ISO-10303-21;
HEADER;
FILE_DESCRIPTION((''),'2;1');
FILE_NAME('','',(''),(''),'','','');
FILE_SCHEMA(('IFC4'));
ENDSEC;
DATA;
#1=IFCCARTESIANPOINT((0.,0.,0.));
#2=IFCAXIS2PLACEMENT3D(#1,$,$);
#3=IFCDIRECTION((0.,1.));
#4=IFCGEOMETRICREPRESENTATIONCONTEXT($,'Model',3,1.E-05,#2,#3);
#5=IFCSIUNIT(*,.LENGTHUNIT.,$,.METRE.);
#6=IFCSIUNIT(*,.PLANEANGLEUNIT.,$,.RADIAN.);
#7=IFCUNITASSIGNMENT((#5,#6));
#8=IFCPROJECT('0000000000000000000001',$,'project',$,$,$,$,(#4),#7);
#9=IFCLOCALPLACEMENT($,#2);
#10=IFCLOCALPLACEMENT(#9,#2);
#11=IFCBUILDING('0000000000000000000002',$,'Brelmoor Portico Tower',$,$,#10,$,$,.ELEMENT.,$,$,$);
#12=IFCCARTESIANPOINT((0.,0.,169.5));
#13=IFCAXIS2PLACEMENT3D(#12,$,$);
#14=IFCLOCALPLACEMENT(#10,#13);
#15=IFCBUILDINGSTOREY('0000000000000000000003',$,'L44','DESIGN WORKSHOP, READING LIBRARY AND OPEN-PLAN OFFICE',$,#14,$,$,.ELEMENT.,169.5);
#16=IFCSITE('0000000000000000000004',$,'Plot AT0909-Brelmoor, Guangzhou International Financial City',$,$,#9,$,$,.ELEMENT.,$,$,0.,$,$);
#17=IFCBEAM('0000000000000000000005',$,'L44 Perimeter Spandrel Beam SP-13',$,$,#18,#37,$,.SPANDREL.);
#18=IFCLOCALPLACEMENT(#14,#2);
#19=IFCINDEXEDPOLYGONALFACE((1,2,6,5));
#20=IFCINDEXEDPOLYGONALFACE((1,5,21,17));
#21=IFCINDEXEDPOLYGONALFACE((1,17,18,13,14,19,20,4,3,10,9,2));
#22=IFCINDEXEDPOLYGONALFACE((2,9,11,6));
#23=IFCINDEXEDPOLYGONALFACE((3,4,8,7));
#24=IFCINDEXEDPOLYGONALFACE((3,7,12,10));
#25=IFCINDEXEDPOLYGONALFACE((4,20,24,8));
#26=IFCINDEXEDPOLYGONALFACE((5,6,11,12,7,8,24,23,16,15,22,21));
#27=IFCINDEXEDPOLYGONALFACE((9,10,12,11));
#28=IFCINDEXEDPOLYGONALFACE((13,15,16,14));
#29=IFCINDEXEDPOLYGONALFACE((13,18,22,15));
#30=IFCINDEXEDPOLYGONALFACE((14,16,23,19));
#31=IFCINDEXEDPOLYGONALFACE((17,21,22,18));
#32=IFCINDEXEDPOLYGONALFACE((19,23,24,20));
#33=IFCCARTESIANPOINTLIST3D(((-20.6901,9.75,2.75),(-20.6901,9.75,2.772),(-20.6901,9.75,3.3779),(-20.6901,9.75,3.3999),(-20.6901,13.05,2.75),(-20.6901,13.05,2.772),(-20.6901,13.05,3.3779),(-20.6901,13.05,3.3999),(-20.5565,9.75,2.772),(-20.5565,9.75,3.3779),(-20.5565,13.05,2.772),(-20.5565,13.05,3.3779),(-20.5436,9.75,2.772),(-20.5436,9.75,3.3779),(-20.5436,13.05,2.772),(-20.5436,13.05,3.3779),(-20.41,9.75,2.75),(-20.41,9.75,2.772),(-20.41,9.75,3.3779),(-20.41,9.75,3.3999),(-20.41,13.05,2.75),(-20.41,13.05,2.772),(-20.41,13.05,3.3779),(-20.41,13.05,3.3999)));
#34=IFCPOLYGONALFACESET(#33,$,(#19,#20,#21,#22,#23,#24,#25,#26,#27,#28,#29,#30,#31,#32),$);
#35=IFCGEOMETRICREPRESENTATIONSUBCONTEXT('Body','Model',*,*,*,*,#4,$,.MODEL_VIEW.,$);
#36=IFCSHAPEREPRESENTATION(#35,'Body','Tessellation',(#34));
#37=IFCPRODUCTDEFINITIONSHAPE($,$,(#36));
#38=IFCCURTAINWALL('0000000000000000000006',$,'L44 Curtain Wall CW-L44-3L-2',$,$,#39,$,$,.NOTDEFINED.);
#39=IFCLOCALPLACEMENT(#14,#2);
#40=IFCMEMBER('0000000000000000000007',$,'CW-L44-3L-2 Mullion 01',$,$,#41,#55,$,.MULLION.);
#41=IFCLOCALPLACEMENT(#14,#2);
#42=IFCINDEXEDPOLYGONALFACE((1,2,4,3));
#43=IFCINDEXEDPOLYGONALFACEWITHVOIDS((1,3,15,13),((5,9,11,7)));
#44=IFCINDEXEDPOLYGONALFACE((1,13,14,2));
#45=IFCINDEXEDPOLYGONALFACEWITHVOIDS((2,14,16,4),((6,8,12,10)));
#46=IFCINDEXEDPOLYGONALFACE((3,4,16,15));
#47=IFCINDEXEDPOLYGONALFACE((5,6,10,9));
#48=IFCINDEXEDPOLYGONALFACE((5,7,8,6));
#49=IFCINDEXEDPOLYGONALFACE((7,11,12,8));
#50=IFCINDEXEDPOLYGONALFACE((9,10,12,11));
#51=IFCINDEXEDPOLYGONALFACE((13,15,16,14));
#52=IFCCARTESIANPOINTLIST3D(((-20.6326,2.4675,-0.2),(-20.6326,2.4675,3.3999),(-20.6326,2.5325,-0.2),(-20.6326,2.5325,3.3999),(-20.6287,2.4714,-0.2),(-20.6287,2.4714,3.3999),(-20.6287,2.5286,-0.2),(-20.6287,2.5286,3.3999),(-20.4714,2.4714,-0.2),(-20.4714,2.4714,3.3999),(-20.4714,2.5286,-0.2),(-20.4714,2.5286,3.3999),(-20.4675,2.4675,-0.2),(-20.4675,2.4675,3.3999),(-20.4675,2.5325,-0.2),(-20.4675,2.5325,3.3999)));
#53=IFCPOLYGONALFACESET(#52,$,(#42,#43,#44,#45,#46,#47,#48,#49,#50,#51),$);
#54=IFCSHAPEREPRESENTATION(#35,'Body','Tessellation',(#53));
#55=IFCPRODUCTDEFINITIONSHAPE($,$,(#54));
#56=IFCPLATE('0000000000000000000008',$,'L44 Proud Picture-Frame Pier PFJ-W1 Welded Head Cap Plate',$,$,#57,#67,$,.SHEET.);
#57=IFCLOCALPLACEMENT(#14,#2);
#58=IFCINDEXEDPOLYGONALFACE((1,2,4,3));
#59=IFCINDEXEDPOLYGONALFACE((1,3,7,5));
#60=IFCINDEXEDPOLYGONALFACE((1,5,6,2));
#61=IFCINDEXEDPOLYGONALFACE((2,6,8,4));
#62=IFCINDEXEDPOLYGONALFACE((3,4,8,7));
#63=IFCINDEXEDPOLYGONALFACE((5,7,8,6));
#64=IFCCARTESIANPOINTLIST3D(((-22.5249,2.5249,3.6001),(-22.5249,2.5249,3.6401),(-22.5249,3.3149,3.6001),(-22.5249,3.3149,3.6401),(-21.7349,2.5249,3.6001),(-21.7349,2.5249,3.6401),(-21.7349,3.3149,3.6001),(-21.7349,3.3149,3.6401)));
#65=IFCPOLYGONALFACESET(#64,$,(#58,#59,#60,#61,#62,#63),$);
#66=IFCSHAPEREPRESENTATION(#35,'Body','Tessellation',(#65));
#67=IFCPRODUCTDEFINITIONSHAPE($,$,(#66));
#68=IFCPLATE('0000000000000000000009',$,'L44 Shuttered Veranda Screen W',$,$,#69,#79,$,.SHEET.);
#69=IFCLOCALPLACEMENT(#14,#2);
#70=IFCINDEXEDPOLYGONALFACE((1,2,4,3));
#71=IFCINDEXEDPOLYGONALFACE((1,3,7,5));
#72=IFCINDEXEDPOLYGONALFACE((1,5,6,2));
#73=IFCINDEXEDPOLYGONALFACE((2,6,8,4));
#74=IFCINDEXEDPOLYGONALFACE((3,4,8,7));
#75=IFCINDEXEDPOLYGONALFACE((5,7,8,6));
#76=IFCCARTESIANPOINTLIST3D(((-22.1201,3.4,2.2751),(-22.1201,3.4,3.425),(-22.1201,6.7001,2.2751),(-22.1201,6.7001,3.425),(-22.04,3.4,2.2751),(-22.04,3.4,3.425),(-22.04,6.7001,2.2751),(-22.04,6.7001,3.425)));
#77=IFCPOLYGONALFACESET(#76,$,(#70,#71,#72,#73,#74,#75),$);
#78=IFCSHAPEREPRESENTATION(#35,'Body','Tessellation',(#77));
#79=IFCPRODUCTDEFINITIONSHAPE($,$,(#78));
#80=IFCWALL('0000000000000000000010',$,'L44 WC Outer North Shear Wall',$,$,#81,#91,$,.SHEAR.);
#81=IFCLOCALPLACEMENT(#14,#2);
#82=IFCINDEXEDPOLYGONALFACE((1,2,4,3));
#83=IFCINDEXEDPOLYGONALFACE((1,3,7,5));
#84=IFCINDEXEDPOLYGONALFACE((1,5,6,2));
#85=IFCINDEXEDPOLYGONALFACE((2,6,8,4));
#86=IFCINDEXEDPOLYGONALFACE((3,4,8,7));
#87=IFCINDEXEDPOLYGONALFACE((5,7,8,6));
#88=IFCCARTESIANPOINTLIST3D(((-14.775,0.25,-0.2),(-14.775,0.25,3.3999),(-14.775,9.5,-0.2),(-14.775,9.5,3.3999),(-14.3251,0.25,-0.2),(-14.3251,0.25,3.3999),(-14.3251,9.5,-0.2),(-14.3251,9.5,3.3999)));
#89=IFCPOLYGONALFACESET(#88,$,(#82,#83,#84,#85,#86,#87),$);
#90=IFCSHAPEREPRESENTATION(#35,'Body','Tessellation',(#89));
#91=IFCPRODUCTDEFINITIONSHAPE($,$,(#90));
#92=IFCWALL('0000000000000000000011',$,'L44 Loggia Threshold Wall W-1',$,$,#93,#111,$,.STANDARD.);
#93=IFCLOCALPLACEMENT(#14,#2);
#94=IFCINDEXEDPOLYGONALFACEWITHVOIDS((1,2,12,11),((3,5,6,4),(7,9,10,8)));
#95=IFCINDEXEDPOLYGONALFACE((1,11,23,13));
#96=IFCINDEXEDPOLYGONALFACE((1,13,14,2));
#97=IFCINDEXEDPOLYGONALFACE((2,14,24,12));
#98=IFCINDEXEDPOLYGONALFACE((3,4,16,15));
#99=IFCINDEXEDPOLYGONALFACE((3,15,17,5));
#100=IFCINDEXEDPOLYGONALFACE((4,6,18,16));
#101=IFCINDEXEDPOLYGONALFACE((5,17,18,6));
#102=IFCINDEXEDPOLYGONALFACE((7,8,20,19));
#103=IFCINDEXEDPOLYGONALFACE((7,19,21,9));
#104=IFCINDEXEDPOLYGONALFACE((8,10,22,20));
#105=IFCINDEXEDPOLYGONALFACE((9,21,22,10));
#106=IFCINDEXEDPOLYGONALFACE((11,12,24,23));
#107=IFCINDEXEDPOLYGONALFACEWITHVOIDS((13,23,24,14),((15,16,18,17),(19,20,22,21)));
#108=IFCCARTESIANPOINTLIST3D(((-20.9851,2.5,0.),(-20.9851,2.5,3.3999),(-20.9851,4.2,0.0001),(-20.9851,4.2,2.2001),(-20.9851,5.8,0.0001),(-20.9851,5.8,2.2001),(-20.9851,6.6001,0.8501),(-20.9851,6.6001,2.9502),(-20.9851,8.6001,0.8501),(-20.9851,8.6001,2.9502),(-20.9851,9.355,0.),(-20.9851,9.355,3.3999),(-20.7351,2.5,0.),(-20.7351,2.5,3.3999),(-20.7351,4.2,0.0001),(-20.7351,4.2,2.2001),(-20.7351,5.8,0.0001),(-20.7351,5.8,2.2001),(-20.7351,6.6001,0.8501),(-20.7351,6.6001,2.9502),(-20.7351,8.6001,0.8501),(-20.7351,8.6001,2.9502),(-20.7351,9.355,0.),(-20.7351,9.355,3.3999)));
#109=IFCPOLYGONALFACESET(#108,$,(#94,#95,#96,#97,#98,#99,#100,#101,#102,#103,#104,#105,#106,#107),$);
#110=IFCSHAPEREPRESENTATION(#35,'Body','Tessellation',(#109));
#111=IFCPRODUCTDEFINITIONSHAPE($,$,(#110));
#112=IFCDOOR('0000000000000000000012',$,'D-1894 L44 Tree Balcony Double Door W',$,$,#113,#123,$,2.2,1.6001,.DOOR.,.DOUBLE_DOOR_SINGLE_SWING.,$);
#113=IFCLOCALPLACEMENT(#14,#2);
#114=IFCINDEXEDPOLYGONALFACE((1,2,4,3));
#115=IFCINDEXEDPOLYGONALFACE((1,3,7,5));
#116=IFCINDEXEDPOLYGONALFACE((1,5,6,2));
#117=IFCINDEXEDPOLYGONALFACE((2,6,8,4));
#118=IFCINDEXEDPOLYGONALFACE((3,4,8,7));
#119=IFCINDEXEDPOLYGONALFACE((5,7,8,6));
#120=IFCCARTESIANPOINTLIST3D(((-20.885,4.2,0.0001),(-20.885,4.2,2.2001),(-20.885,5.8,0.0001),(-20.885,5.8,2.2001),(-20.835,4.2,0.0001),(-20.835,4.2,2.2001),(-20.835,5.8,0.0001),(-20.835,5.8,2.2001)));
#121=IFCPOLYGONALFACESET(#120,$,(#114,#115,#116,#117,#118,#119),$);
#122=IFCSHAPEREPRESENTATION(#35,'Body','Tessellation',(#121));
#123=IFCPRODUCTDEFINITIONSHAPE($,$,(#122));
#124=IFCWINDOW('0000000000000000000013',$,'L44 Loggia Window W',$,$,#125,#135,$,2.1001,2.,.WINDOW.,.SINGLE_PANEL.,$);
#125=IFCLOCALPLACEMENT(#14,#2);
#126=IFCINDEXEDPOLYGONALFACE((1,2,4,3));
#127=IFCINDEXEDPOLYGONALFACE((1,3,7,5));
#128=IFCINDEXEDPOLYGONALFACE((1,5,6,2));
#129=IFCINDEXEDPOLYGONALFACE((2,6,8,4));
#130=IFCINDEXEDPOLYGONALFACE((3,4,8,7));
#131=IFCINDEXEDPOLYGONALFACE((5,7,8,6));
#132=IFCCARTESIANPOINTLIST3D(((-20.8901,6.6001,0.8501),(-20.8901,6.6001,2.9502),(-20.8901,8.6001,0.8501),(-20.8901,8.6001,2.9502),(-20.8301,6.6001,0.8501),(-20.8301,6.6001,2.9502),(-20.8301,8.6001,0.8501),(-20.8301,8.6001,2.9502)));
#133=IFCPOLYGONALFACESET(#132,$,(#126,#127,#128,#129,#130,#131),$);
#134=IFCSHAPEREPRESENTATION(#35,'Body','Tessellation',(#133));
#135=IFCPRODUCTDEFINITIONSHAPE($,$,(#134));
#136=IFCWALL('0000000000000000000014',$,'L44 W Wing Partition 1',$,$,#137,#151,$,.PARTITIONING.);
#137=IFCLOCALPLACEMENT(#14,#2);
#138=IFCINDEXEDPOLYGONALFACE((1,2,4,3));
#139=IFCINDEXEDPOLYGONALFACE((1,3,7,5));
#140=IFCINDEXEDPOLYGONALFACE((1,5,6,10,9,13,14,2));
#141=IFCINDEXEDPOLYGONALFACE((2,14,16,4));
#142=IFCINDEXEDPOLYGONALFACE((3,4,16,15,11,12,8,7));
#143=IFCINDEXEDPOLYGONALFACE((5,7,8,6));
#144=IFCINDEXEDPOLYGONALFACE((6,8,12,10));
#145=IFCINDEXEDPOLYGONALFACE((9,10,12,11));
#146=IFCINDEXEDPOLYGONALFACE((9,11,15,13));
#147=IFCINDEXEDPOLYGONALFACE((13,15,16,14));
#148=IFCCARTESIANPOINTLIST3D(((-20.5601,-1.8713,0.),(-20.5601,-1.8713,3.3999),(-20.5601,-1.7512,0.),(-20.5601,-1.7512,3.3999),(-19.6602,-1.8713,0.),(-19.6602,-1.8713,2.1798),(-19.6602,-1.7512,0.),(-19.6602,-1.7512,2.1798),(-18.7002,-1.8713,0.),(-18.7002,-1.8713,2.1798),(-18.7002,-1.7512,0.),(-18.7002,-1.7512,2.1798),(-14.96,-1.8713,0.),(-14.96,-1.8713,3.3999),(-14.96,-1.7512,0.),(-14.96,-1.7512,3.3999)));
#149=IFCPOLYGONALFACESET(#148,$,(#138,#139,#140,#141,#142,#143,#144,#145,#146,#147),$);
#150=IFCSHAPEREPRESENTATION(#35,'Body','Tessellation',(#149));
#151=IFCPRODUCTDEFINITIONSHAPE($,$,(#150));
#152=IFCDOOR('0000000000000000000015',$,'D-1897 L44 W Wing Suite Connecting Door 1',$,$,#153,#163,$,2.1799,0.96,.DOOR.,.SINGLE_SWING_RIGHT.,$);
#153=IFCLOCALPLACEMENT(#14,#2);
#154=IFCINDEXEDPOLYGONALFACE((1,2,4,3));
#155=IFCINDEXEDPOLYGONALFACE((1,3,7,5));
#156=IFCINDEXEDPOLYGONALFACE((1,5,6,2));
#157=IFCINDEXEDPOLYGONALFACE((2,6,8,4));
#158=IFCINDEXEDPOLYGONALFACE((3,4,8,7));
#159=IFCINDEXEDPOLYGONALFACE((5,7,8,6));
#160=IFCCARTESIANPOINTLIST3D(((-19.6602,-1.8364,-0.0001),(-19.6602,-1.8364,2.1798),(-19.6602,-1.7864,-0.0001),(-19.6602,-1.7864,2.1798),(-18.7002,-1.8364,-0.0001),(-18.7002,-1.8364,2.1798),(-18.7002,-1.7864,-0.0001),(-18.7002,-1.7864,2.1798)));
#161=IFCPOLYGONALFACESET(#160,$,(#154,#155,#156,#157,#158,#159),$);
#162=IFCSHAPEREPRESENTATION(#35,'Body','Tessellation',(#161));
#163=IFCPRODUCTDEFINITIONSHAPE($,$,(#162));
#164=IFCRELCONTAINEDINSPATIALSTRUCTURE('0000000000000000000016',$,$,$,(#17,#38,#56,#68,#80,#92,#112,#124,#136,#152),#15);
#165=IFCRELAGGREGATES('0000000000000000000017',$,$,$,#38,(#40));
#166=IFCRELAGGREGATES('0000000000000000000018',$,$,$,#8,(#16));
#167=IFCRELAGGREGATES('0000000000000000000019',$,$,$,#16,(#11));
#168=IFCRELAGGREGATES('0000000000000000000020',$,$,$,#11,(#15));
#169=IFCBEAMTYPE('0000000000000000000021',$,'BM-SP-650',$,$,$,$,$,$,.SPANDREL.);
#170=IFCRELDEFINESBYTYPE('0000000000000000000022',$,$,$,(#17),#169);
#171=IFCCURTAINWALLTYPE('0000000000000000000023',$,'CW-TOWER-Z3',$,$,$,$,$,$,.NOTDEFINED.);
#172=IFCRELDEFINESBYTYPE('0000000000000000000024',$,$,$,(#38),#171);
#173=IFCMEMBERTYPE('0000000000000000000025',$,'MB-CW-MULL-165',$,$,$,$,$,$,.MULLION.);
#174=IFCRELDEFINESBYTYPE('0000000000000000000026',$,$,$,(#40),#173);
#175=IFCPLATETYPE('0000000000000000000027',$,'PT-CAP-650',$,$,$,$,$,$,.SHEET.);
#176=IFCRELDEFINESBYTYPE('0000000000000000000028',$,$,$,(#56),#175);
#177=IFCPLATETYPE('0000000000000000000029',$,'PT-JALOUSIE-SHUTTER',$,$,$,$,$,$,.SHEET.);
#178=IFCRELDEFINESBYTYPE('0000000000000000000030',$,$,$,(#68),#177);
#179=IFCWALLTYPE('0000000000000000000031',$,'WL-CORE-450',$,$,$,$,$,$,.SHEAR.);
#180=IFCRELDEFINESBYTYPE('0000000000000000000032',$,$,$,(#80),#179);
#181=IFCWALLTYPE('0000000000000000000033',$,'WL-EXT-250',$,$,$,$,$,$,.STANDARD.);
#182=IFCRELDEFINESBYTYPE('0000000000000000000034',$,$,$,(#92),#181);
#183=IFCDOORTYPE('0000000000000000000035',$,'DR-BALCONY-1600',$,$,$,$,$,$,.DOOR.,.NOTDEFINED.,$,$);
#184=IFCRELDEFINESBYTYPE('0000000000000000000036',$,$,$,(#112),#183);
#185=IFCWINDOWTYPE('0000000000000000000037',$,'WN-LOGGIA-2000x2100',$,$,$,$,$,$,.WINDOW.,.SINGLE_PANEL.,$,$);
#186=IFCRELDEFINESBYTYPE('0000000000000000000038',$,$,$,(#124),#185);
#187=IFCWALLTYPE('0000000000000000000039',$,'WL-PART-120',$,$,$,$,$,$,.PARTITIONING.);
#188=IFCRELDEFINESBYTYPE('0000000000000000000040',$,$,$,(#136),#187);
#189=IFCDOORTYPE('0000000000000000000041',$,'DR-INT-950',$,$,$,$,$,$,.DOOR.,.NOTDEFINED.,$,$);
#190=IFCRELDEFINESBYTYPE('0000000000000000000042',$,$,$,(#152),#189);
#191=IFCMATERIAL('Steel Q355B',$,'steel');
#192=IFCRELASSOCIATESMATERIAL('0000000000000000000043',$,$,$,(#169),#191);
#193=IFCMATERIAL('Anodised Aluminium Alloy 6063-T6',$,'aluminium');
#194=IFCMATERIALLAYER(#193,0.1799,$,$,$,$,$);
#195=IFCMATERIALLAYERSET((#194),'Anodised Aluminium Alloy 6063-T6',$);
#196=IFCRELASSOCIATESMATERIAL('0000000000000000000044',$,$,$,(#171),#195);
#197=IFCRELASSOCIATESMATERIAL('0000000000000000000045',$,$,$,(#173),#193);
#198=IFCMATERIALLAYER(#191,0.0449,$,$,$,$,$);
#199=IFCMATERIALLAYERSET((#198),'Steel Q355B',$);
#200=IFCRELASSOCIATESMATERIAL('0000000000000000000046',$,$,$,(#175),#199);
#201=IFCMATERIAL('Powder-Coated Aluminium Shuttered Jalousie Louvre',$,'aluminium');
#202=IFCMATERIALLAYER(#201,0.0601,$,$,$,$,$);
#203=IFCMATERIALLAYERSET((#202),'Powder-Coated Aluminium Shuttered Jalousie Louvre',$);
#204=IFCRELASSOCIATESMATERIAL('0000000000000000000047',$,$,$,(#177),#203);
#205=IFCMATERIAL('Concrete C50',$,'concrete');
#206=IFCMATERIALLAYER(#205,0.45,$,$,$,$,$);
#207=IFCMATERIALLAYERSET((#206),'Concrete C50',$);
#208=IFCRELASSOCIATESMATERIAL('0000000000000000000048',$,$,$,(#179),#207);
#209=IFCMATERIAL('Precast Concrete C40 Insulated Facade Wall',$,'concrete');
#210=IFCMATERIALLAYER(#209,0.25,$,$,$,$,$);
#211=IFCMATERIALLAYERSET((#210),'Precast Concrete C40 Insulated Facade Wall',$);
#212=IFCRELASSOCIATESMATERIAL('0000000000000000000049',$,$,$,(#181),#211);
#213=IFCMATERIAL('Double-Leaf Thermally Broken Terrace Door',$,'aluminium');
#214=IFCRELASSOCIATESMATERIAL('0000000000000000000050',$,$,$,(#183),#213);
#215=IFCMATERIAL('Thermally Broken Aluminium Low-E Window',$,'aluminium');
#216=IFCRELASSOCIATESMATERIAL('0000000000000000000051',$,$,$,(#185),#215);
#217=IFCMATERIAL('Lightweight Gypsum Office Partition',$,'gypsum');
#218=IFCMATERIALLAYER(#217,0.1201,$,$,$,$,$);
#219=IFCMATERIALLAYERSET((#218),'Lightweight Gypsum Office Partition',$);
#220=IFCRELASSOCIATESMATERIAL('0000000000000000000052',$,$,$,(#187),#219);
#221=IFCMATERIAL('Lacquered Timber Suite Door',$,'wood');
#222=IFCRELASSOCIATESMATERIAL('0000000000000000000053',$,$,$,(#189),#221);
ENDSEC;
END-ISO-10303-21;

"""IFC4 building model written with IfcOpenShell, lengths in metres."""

from ifc_helpers import new_model, si_unit, direction, frame, frame_2d, origin, origin_2d, place, context, subcontext, project, spatial, rectangle, hollow_rectangle, i_section, extrude, material, layer, layer_set, material_profile, profile_set, type_object, element, fill, aggregate, save


model = new_model("IFC4")

# Units and contexts
model_context = context("Model", 3, precision=1e-05, world=origin(), true_north=direction((0.0, 1.0)))
body_context = subcontext(model_context, "Body", "Model", "MODEL_VIEW")
ifc_project = project(units=[si_unit("LENGTHUNIT", "METRE"), si_unit("PLANEANGLEUNIT", "RADIAN")], contexts=[model_context])

# Site, building, storey
site_placement = place(None, origin())
site = spatial("IfcSite", under=ifc_project, at=site_placement, Name="Plot AT0909-Brelmoor, Guangzhou International Financial City", CompositionType="ELEMENT", RefElevation=0.0)
building_placement = place(site_placement, origin())
building = spatial("IfcBuilding", under=site, at=building_placement, Name="Brelmoor Portico Tower", CompositionType="ELEMENT")
storey_placement = place(building_placement, frame((0.0, 0.0, 169.5)))
storey = spatial("IfcBuildingStorey", under=building, at=storey_placement, Name="L44", Description="DESIGN WORKSHOP, READING LIBRARY AND OPEN-PLAN OFFICE", CompositionType="ELEMENT", Elevation=169.5)

# Shared definitions
ifc_material_1 = material(Name="Steel Q355B", Category="steel")

# Beam
ifc_material_profile_1 = material_profile(ifc_material_1, i_section(OverallWidth=0.28, OverallDepth=0.6499, WebThickness=0.0129, FlangeThickness=0.022, at=origin_2d()), Name="HN 650x280x13x22")
ifc_profile_set_1 = profile_set([ifc_material_profile_1], Name="Steel Q355B")
beam_type_1 = type_object("IfcBeamType", Name="BM-SP-650", PredefinedType="SPANDREL", material=ifc_profile_set_1)
beam_1_placement = place(storey_placement, frame((-20.55, 9.75, 3.075), z_axis=(0.0, 1.0, 0.0), x_axis=(-1.0, 0.0, 0.0)))
element("IfcBeam", 1, at=beam_1_placement, inside=storey, type_object=beam_type_1, Name="L44 Perimeter Spandrel Beam SP-13", PredefinedType="SPANDREL", context=body_context, shape_type="SweptSolid", body=[
    extrude(i_section(OverallWidth=0.28, OverallDepth=0.6499, WebThickness=0.0129, FlangeThickness=0.022, at=origin_2d()), origin(), (0.0, 0.0, 1.0), 3.3),
])

# Curtain wall, member
ifc_material_2 = material(Name="Anodised Aluminium Alloy 6063-T6", Category="aluminium")
ifc_layer_1 = layer(ifc_material_2, 0.1799)
ifc_layer_set_1 = layer_set([ifc_layer_1], Name="Anodised Aluminium Alloy 6063-T6")
curtain_wall_type = type_object("IfcCurtainWallType", Name="CW-TOWER-Z3", PredefinedType="NOTDEFINED", material=ifc_layer_set_1)
curtain_wall_placement = place(storey_placement, origin())
curtain_wall = element("IfcCurtainWall", 2, at=curtain_wall_placement, inside=storey, type_object=curtain_wall_type, Name="L44 Curtain Wall CW-L44-3L-2", PredefinedType="NOTDEFINED")
ifc_material_profile_2 = material_profile(ifc_material_2, hollow_rectangle(XDim=0.0649, YDim=0.165, WallThickness=0.0039, at=origin_2d()), Name="ALU MULLION 65x165")
ifc_profile_set_2 = profile_set([ifc_material_profile_2], Name="Anodised Aluminium Alloy 6063-T6")
member_type = type_object("IfcMemberType", Name="MB-CW-MULL-165", PredefinedType="MULLION", material=ifc_profile_set_2)
member_placement = place(storey_placement, frame((-20.55, 2.5, -0.2), z_axis=(0.0, 0.0, 1.0), x_axis=(0.0, 1.0, 0.0)))
member = element("IfcMember", 3, at=member_placement, type_object=member_type, Name="CW-L44-3L-2 Mullion 01", PredefinedType="MULLION", context=body_context, shape_type="SweptSolid", body=[
    extrude(hollow_rectangle(XDim=0.0649, YDim=0.165, WallThickness=0.0039, at=origin_2d()), origin(), (0.0, 0.0, 1.0), 3.5999),
])
aggregate(curtain_wall, [member])

# Plates
ifc_layer_2 = layer(ifc_material_1, 0.0449)
ifc_layer_set_2 = layer_set([ifc_layer_2], Name="Steel Q355B")
plate_type_1 = type_object("IfcPlateType", Name="PT-CAP-650", PredefinedType="SHEET", material=ifc_layer_set_2)
plate_1_placement = place(storey_placement, frame((-22.1299, 2.9199, 3.6001), z_axis=(0.0, 0.0, 1.0), x_axis=(0.0, 1.0, 0.0)))
element("IfcPlate", 4, at=plate_1_placement, inside=storey, type_object=plate_type_1, Name="L44 Proud Picture-Frame Pier PFJ-W1 Welded Head Cap Plate", PredefinedType="SHEET", context=body_context, shape_type="SweptSolid", body=[
    extrude(rectangle(XDim=0.79, YDim=0.79, at=origin_2d()), origin(), (0.0, 0.0, 1.0), 0.04),
])
ifc_material_3 = material(Name="Powder-Coated Aluminium Shuttered Jalousie Louvre", Category="aluminium")
ifc_layer_3 = layer(ifc_material_3, 0.0601)
ifc_layer_set_3 = layer_set([ifc_layer_3], Name="Powder-Coated Aluminium Shuttered Jalousie Louvre")
plate_type_2 = type_object("IfcPlateType", Name="PT-JALOUSIE-SHUTTER", PredefinedType="SHEET", material=ifc_layer_set_3)
plate_2_placement = place(storey_placement, frame((-22.0801, 5.05, 2.2751), z_axis=(0.0, 0.0, 1.0), x_axis=(0.0, 1.0, 0.0)))
element("IfcPlate", 5, at=plate_2_placement, inside=storey, type_object=plate_type_2, Name="L44 Shuttered Veranda Screen W", PredefinedType="SHEET", context=body_context, shape_type="SweptSolid", body=[
    extrude(rectangle(XDim=3.3, YDim=0.0801, at=origin_2d()), origin(), (0.0, 0.0, 1.0), 1.1499),
])

# Wall
ifc_material_4 = material(Name="Concrete C50", Category="concrete")
ifc_layer_4 = layer(ifc_material_4, 0.45)
ifc_layer_set_4 = layer_set([ifc_layer_4], Name="Concrete C50")
wall_type_1 = type_object("IfcWallType", Name="WL-CORE-450", PredefinedType="SHEAR", material=ifc_layer_set_4)
wall_1_placement = place(storey_placement, frame((-14.55, 0.25, -0.2), z_axis=(0.0, 0.0, 1.0), x_axis=(0.0, 1.0, 0.0)))
element("IfcWall", 6, at=wall_1_placement, inside=storey, type_object=wall_type_1, Name="L44 WC Outer North Shear Wall", PredefinedType="SHEAR", context=body_context, shape_type="SweptSolid", body=[
    extrude(rectangle(XDim=9.25, YDim=0.45, at=frame_2d((4.625, 0.0))), origin(), (0.0, 0.0, 1.0), 3.5999),
])

# Wall, openings, door, window
ifc_material_5 = material(Name="Precast Concrete C40 Insulated Facade Wall", Category="concrete")
ifc_layer_5 = layer(ifc_material_5, 0.25)
ifc_layer_set_5 = layer_set([ifc_layer_5], Name="Precast Concrete C40 Insulated Facade Wall")
wall_type_2 = type_object("IfcWallType", Name="WL-EXT-250", PredefinedType="STANDARD", material=ifc_layer_set_5)
wall_2_placement = place(storey_placement, frame((-20.8601, 2.5, 0.0), z_axis=(0.0, 0.0, 1.0), x_axis=(0.0, 1.0, 0.0)))
wall_2 = element("IfcWall", 7, at=wall_2_placement, inside=storey, type_object=wall_type_2, Name="L44 Loggia Threshold Wall W-1", PredefinedType="STANDARD", context=body_context, shape_type="SweptSolid", body=[
    extrude(rectangle(XDim=6.855, YDim=0.25, at=frame_2d((3.4275, 0.0))), origin(), (0.0, 0.0, 1.0), 3.3999),
])
opening_1_placement = place(wall_2_placement, frame((1.7, 0.0, 0.0)))
opening_1 = element("IfcOpeningElement", 8, at=opening_1_placement, cuts=wall_2, PredefinedType="OPENING", context=body_context, shape_type="SweptSolid", body=[
    extrude(rectangle(XDim=1.6001, YDim=2.2, at=frame_2d((0.8, 1.1001))), frame((0.0, 0.135, 0.0), z_axis=(0.0, -1.0, 0.0), x_axis=(1.0, 0.0, 0.0)), (0.0, 0.0, 1.0), 0.27),
])
opening_2_placement = place(wall_2_placement, frame((4.1001, 0.0, 0.8501)))
opening_2 = element("IfcOpeningElement", 9, at=opening_2_placement, cuts=wall_2, PredefinedType="OPENING", context=body_context, shape_type="SweptSolid", body=[
    extrude(rectangle(XDim=2.0, YDim=2.1001, at=frame_2d((1.0, 1.05))), frame((0.0, 0.135, 0.0), z_axis=(0.0, -1.0, 0.0), x_axis=(1.0, 0.0, 0.0)), (0.0, 0.0, 1.0), 0.27),
])
ifc_material_6 = material(Name="Double-Leaf Thermally Broken Terrace Door", Category="aluminium")
door_type_1 = type_object("IfcDoorType", Name="DR-BALCONY-1600", OperationType="NOTDEFINED", PredefinedType="DOOR", material=ifc_material_6)
door_1_placement = place(opening_1_placement, origin())
door_1 = element("IfcDoor", 10, at=door_1_placement, inside=storey, type_object=door_type_1, Name="D-1894 L44 Tree Balcony Double Door W", OperationType="DOUBLE_DOOR_SINGLE_SWING", OverallHeight=2.2, OverallWidth=1.6001, PredefinedType="DOOR", context=body_context, shape_type="SweptSolid", body=[
    extrude(rectangle(XDim=1.6001, YDim=2.2, at=frame_2d((0.8, 1.1001))), frame((0.0, 0.0249, 0.0), z_axis=(0.0, -1.0, 0.0), x_axis=(1.0, 0.0, 0.0)), (0.0, 0.0, 1.0), 0.05),
])
fill(opening_1, door_1)
ifc_material_7 = material(Name="Thermally Broken Aluminium Low-E Window", Category="aluminium")
window_type = type_object("IfcWindowType", Name="WN-LOGGIA-2000x2100", PartitioningType="SINGLE_PANEL", PredefinedType="WINDOW", material=ifc_material_7)
window_placement = place(opening_2_placement, origin())
window = element("IfcWindow", 11, at=window_placement, inside=storey, type_object=window_type, Name="L44 Loggia Window W", OverallHeight=2.1001, OverallWidth=2.0, PartitioningType="SINGLE_PANEL", PredefinedType="WINDOW", context=body_context, shape_type="SweptSolid", body=[
    extrude(rectangle(XDim=2.0, YDim=2.1001, at=frame_2d((1.0, 1.05))), frame((0.0, 0.03, 0.0), z_axis=(0.0, -1.0, 0.0), x_axis=(1.0, 0.0, 0.0)), (0.0, 0.0, 1.0), 0.0601),
])
fill(opening_2, window)

# Wall, opening, door
ifc_material_8 = material(Name="Lightweight Gypsum Office Partition", Category="gypsum")
ifc_layer_6 = layer(ifc_material_8, 0.1201)
ifc_layer_set_6 = layer_set([ifc_layer_6], Name="Lightweight Gypsum Office Partition")
wall_type_3 = type_object("IfcWallType", Name="WL-PART-120", PredefinedType="PARTITIONING", material=ifc_layer_set_6)
wall_3_placement = place(storey_placement, frame((-20.5601, -1.8113, 0.0), z_axis=(0.0, 0.0, 1.0), x_axis=(1.0, 0.0, 0.0)))
wall_3 = element("IfcWall", 12, at=wall_3_placement, inside=storey, type_object=wall_type_3, Name="L44 W Wing Partition 1", PredefinedType="PARTITIONING", context=body_context, shape_type="SweptSolid", body=[
    extrude(rectangle(XDim=5.6001, YDim=0.1201, at=frame_2d((2.8, 0.0))), origin(), (0.0, 0.0, 1.0), 3.3999),
])
opening_3_placement = place(wall_3_placement, frame((0.8999, 0.0, 0.0)))
opening_3 = element("IfcOpeningElement", 13, at=opening_3_placement, cuts=wall_3, PredefinedType="OPENING", context=body_context, shape_type="SweptSolid", body=[
    extrude(rectangle(XDim=0.96, YDim=2.1799, at=frame_2d((0.48, 1.0898))), frame((0.0, 0.0701, 0.0), z_axis=(0.0, -1.0, 0.0), x_axis=(1.0, 0.0, 0.0)), (0.0, 0.0, 1.0), 0.1401),
])
ifc_material_9 = material(Name="Lacquered Timber Suite Door", Category="wood")
door_type_2 = type_object("IfcDoorType", Name="DR-INT-950", OperationType="NOTDEFINED", PredefinedType="DOOR", material=ifc_material_9)
door_2_placement = place(opening_3_placement, origin())
door_2 = element("IfcDoor", 14, at=door_2_placement, inside=storey, type_object=door_type_2, Name="D-1897 L44 W Wing Suite Connecting Door 1", OperationType="SINGLE_SWING_RIGHT", OverallHeight=2.1799, OverallWidth=0.96, PredefinedType="DOOR", context=body_context, shape_type="SweptSolid", body=[
    extrude(rectangle(XDim=0.96, YDim=2.1799, at=frame_2d((0.48, 1.0898))), frame((0.0, 0.0249, 0.0), z_axis=(0.0, -1.0, 0.0), x_axis=(1.0, 0.0, 0.0)), (0.0, 0.0, 1.0), 0.05),
])
fill(opening_3, door_2)

save(model, "model.ifc")
